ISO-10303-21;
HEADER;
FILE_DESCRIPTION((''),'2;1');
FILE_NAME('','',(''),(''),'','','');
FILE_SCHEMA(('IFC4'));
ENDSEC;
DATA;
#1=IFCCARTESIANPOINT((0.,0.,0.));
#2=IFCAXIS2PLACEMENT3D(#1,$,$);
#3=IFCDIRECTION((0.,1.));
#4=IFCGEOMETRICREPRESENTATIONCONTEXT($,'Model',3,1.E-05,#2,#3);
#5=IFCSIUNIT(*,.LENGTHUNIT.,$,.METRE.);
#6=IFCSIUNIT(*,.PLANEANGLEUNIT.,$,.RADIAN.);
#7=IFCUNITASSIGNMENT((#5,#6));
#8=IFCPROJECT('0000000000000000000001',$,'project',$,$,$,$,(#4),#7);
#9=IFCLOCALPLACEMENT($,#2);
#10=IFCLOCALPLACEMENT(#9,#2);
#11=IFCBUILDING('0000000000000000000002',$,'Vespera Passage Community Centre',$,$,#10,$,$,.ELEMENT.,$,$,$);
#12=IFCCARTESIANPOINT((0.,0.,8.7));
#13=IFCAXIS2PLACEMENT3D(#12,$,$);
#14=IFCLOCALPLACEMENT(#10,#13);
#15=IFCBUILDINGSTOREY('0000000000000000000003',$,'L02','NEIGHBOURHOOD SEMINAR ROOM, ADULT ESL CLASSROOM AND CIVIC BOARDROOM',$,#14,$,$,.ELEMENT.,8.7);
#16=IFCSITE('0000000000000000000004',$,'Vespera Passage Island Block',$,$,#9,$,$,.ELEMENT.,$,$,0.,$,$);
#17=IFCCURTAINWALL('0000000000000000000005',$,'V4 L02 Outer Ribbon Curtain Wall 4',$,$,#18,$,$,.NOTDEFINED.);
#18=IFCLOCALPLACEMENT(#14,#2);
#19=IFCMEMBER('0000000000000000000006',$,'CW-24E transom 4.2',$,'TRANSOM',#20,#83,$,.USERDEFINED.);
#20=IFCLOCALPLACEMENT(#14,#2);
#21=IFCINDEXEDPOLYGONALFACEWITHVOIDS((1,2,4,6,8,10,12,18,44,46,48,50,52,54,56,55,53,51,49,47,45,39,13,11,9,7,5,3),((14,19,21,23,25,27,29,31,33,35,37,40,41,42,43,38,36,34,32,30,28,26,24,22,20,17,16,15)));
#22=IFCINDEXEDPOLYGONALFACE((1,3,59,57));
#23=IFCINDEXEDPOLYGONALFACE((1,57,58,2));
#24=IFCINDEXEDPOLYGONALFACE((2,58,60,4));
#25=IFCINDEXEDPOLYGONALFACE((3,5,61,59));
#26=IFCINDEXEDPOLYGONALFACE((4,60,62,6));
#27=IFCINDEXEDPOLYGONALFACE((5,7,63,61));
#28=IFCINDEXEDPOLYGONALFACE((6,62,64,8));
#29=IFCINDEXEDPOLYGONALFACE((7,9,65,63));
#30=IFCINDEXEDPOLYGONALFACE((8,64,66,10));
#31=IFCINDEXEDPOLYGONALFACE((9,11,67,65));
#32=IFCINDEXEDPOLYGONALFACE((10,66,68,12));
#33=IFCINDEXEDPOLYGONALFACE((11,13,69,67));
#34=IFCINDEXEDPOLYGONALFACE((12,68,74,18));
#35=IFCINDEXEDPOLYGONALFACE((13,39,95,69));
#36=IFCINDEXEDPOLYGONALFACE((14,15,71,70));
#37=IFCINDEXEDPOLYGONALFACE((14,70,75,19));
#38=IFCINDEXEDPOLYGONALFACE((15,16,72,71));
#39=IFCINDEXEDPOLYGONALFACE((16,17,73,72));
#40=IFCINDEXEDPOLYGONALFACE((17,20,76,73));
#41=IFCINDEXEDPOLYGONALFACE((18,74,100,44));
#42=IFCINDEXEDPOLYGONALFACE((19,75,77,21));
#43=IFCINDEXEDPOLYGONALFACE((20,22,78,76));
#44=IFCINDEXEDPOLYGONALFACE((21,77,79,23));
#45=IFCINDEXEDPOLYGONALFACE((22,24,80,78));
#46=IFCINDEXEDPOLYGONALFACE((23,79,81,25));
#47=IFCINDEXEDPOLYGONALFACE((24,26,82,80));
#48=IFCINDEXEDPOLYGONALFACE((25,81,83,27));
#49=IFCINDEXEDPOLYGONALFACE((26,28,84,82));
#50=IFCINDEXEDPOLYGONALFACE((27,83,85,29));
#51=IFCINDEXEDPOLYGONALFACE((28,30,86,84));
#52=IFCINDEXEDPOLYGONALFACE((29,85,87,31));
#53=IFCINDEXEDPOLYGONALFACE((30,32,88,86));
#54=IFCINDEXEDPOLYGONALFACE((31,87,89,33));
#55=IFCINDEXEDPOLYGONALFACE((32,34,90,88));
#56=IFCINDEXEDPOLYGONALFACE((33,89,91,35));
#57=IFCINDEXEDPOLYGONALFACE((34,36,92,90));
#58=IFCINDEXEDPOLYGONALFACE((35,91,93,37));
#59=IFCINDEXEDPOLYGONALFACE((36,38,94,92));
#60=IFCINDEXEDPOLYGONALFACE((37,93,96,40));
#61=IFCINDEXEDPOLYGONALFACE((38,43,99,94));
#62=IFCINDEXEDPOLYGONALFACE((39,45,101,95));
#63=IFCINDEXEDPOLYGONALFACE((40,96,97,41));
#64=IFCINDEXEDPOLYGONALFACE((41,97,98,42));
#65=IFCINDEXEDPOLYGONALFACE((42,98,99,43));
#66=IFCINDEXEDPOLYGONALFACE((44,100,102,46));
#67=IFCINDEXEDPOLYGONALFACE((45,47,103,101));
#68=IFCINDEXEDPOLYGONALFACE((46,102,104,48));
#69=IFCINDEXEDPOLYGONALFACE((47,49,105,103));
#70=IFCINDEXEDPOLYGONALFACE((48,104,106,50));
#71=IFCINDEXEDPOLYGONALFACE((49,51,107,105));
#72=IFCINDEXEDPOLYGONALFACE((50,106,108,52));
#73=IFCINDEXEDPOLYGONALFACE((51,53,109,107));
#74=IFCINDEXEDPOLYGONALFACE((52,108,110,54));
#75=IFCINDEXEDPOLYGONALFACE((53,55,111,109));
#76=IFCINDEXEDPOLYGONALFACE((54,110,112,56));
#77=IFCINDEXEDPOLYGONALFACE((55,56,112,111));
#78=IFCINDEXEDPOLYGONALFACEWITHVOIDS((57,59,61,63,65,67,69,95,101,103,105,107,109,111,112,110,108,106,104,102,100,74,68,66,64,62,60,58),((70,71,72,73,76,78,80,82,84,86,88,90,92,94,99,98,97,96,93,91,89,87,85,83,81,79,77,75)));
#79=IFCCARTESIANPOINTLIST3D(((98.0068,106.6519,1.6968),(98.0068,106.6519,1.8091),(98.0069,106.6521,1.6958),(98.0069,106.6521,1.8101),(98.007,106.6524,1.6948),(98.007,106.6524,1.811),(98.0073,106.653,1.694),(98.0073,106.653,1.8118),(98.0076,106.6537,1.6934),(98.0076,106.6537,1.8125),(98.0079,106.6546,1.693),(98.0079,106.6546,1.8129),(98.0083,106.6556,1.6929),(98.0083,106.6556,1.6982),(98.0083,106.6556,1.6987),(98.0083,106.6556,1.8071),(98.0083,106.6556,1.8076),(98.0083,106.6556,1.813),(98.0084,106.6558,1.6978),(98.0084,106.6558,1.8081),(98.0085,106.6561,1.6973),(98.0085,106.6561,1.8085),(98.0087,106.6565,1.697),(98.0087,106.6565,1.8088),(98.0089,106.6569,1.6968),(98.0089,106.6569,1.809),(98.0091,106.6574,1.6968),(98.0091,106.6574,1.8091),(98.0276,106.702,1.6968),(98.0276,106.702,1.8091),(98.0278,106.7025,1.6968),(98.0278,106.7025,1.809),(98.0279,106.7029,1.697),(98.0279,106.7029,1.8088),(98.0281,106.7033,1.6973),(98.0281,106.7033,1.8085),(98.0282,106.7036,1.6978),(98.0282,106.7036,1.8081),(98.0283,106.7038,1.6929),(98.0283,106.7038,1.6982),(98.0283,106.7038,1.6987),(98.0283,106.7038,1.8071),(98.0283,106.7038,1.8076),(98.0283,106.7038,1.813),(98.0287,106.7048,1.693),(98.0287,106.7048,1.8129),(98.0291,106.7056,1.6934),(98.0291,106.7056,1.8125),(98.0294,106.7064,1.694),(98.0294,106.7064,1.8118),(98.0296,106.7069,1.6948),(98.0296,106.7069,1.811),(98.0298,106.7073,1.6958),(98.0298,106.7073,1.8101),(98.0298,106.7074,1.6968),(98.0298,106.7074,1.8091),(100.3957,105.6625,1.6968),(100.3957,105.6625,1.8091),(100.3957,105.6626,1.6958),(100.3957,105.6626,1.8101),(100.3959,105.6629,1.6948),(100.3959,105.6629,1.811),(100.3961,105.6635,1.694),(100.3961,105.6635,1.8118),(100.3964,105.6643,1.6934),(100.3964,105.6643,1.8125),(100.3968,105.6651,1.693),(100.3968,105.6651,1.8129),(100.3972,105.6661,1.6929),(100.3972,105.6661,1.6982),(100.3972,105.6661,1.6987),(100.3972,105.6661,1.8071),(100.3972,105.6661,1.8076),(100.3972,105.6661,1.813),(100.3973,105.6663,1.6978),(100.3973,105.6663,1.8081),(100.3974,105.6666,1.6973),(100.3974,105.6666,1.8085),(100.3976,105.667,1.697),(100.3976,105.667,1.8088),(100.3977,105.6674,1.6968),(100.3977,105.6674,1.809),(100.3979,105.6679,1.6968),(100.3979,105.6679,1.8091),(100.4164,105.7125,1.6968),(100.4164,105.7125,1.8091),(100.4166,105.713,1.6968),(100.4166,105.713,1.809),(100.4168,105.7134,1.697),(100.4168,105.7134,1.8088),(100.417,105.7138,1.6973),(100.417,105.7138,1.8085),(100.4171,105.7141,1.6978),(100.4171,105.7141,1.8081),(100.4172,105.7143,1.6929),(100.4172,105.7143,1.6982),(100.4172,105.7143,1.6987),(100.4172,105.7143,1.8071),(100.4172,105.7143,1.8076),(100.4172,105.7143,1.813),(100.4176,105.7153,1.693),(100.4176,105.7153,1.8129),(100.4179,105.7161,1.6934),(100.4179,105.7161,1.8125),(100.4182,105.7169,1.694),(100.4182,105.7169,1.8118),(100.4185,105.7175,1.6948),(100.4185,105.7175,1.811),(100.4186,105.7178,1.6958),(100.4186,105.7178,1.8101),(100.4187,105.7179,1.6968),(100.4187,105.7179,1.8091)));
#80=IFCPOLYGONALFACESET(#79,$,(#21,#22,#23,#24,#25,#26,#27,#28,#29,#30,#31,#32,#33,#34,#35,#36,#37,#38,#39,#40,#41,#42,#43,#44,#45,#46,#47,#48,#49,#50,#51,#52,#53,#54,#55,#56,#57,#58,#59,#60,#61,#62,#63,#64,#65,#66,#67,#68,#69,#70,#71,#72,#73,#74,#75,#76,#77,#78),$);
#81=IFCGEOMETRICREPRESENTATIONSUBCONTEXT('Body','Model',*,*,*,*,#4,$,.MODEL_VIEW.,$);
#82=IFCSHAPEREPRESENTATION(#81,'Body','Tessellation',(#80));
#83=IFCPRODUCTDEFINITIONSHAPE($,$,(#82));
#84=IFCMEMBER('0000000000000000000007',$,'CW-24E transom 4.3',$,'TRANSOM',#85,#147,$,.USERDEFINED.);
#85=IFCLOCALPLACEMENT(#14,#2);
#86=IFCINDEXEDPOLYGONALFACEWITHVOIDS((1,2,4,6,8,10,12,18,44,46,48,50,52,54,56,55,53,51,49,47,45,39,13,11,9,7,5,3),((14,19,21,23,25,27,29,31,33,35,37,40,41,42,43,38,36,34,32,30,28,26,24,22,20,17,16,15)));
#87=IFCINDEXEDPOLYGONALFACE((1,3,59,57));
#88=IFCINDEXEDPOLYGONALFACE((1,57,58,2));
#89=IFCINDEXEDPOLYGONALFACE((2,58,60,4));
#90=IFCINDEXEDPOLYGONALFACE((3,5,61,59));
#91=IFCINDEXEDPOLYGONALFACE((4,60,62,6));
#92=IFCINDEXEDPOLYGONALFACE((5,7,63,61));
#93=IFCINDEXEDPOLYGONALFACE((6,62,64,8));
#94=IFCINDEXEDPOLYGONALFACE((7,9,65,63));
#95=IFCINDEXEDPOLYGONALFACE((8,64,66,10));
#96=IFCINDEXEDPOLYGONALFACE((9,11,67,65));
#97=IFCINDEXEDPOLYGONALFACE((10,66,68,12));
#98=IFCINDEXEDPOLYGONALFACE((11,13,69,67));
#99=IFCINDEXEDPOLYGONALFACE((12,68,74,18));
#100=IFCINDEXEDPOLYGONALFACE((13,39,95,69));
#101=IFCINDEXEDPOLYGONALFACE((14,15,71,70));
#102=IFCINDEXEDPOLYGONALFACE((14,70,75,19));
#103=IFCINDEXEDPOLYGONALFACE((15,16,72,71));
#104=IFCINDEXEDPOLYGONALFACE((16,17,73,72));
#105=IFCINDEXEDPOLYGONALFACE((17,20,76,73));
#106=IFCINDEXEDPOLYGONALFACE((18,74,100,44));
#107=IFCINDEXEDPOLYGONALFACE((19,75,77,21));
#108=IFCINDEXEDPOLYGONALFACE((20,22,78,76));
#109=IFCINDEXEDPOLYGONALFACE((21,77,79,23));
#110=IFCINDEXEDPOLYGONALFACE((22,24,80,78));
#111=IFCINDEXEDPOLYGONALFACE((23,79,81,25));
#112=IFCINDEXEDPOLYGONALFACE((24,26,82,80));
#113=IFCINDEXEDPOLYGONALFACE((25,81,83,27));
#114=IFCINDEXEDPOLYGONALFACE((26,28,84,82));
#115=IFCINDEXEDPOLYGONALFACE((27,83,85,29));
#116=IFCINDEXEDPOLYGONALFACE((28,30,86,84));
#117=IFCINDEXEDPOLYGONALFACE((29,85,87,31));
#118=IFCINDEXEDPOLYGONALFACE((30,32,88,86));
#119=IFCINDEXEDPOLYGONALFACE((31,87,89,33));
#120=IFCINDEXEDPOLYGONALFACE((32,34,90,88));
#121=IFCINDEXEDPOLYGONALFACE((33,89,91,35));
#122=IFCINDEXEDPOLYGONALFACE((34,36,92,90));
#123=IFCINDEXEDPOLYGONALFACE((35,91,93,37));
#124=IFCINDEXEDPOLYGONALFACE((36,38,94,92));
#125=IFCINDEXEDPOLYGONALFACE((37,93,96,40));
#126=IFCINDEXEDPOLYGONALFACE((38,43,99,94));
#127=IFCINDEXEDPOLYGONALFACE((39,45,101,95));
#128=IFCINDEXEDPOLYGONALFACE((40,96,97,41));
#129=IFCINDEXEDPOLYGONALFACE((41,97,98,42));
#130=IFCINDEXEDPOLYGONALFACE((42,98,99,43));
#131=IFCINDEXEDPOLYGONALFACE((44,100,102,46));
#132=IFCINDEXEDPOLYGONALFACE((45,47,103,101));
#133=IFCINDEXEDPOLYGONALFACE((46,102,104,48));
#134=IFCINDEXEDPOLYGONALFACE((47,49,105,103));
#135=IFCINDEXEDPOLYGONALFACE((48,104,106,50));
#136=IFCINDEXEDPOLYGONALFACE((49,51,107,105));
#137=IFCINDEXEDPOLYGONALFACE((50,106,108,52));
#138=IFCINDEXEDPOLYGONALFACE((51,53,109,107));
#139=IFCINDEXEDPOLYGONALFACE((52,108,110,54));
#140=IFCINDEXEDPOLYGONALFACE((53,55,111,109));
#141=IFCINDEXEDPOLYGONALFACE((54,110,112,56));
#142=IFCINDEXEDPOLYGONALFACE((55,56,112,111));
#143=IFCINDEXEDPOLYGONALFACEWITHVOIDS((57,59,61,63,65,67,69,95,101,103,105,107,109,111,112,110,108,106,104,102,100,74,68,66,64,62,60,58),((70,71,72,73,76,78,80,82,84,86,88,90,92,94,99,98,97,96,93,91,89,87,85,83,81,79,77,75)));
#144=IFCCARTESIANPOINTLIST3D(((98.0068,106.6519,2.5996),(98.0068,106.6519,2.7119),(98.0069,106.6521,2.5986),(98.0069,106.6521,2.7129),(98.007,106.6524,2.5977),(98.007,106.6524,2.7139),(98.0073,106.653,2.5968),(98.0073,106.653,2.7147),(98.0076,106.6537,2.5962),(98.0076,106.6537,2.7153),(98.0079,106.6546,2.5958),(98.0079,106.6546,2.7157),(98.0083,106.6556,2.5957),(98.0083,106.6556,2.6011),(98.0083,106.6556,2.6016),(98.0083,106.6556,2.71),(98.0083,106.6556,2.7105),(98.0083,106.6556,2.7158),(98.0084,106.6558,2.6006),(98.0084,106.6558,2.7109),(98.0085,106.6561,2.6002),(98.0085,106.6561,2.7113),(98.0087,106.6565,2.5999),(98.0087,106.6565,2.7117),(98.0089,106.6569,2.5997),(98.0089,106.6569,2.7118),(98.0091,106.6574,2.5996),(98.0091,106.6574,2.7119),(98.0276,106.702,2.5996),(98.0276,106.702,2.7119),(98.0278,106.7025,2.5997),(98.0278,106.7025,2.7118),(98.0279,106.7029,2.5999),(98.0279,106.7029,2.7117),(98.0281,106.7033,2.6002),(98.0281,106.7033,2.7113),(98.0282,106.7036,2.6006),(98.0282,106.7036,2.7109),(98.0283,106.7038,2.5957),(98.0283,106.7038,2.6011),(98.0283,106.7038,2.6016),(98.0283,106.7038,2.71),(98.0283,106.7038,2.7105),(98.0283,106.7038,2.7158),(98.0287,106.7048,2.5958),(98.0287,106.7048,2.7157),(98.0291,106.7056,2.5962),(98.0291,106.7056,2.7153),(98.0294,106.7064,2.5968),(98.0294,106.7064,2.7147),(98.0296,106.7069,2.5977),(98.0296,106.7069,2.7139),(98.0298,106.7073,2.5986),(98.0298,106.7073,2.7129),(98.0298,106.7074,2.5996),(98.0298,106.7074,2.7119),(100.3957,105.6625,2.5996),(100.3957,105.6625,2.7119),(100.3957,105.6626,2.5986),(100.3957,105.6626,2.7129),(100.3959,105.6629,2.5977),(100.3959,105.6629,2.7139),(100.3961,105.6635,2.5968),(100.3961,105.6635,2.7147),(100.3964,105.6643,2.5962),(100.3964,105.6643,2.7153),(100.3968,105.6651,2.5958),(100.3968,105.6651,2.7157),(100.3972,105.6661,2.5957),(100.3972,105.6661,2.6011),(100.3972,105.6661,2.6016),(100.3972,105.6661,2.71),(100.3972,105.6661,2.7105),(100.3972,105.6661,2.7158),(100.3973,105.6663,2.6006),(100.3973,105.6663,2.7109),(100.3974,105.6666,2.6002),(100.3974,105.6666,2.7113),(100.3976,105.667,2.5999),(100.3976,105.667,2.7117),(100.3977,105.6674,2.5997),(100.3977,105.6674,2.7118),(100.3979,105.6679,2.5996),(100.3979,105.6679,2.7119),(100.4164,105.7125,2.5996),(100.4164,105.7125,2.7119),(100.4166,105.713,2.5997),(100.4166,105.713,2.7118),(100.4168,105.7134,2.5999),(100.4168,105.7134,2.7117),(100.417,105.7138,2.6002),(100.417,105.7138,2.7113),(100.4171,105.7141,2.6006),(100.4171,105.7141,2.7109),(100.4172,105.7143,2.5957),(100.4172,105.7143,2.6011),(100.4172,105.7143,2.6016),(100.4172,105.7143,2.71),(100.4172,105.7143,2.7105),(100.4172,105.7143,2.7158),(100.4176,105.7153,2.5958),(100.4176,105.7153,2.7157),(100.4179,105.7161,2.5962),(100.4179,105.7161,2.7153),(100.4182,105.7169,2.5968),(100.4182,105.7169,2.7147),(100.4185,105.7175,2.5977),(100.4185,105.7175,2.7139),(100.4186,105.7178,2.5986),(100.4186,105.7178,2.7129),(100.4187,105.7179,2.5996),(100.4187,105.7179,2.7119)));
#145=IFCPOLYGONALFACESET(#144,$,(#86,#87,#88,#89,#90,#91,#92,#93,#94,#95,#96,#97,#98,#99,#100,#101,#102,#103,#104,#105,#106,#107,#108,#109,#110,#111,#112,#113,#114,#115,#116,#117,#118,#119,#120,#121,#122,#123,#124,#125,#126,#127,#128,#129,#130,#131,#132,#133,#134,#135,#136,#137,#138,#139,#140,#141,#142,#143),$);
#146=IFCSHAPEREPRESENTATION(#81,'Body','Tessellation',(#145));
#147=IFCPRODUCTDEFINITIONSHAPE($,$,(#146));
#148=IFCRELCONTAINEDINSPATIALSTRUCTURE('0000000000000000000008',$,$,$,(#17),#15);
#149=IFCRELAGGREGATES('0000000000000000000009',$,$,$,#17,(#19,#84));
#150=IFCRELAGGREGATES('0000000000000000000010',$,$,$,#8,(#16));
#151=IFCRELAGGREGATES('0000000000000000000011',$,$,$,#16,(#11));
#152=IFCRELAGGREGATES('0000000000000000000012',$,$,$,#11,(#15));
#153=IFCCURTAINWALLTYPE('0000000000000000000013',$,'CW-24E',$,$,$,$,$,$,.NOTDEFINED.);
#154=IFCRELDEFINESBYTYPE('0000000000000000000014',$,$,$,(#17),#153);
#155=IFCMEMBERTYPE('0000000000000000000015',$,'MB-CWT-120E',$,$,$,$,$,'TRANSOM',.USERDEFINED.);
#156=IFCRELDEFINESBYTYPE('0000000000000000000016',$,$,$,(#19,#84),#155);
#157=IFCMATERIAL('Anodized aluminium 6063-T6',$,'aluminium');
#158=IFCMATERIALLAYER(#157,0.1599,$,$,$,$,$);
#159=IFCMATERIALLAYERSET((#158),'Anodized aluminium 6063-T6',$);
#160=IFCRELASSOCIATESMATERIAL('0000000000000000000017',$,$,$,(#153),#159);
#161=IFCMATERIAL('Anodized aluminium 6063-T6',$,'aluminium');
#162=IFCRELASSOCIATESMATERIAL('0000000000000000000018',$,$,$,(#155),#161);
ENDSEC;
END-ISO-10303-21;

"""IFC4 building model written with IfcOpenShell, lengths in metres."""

from ifc_helpers import new_model, si_unit, direction, frame, origin, origin_2d, place, context, subcontext, project, spatial, hollow_rectangle, extrude, material, layer, layer_set, material_profile, profile_set, type_object, element, aggregate, save


model = new_model("IFC4")

# Units and contexts
model_context = context("Model", 3, precision=1e-05, world=origin(), true_north=direction((0.0, 1.0)))
body_context = subcontext(model_context, "Body", "Model", "MODEL_VIEW")
ifc_project = project(units=[si_unit("LENGTHUNIT", "METRE"), si_unit("PLANEANGLEUNIT", "RADIAN")], contexts=[model_context])

# Site, building, storey
site_placement = place(None, origin())
site = spatial("IfcSite", under=ifc_project, at=site_placement, Name="Vespera Passage Island Block", CompositionType="ELEMENT", RefElevation=0.0)
building_placement = place(site_placement, origin())
building = spatial("IfcBuilding", under=site, at=building_placement, Name="Vespera Passage Community Centre", CompositionType="ELEMENT")
storey_placement = place(building_placement, frame((0.0, 0.0, 8.7)))
storey = spatial("IfcBuildingStorey", under=building, at=storey_placement, Name="L02", Description="NEIGHBOURHOOD SEMINAR ROOM, ADULT ESL CLASSROOM AND CIVIC BOARDROOM", CompositionType="ELEMENT", Elevation=8.7)

# Curtain wall, members
ifc_material_1 = material(Name="Anodized aluminium 6063-T6", Category="aluminium")
ifc_layer_1 = layer(ifc_material_1, 0.1599)
ifc_layer_set_1 = layer_set([ifc_layer_1], Name="Anodized aluminium 6063-T6")
curtain_wall_type = type_object("IfcCurtainWallType", Name="CW-24E", PredefinedType="NOTDEFINED", material=ifc_layer_set_1)
curtain_wall_placement = place(storey_placement, origin())
curtain_wall = element("IfcCurtainWall", 1, at=curtain_wall_placement, inside=storey, type_object=curtain_wall_type, Name="V4 L02 Outer Ribbon Curtain Wall 4", PredefinedType="NOTDEFINED")
ifc_material_2 = material(Name="Anodized aluminium 6063-T6", Category="aluminium")
ifc_material_profile_1 = material_profile(ifc_material_2, hollow_rectangle(XDim=0.0601, YDim=0.1201, WallThickness=0.0039, InnerFilletRadius=0.002, OuterFilletRadius=0.0039, at=origin_2d()), Name="ALU120X60X4")
ifc_profile_set_1 = profile_set([ifc_material_profile_1], Name="Anodized aluminium 6063-T6")
member_type_1 = type_object("IfcMemberType", Name="MB-CWT-120E", ElementType="TRANSOM", PredefinedType="USERDEFINED", material=ifc_profile_set_1)
member_1_placement = place(storey_placement, frame((98.0183, 106.6797, 1.7529), z_axis=(0.923882, -0.382677, 0.0), x_axis=(0.382677, 0.923882, 0.0)))
member_1 = element("IfcMember", 2, at=member_1_placement, type_object=member_type_1, Name="CW-24E transom 4.2", ObjectType="TRANSOM", PredefinedType="USERDEFINED", context=body_context, shape_type="SweptSolid", body=[
    extrude(hollow_rectangle(XDim=0.0601, YDim=0.1201, WallThickness=0.0039, InnerFilletRadius=0.002, OuterFilletRadius=0.0039, at=origin_2d()), origin(), (0.0, 0.0, 1.0), 2.5857),
])
member_2_placement = place(storey_placement, frame((98.0183, 106.6797, 2.6558), z_axis=(0.923882, -0.382677, 0.0), x_axis=(0.382677, 0.923882, 0.0)))
member_2 = element("IfcMember", 3, at=member_2_placement, type_object=member_type_1, Name="CW-24E transom 4.3", ObjectType="TRANSOM", PredefinedType="USERDEFINED", context=body_context, shape_type="SweptSolid", body=[
    extrude(hollow_rectangle(XDim=0.0601, YDim=0.1201, WallThickness=0.0039, InnerFilletRadius=0.002, OuterFilletRadius=0.0039, at=origin_2d()), origin(), (0.0, 0.0, 1.0), 2.5857),
])

aggregate(curtain_wall, [member_1, member_2])

save(model, "model.ifc")
